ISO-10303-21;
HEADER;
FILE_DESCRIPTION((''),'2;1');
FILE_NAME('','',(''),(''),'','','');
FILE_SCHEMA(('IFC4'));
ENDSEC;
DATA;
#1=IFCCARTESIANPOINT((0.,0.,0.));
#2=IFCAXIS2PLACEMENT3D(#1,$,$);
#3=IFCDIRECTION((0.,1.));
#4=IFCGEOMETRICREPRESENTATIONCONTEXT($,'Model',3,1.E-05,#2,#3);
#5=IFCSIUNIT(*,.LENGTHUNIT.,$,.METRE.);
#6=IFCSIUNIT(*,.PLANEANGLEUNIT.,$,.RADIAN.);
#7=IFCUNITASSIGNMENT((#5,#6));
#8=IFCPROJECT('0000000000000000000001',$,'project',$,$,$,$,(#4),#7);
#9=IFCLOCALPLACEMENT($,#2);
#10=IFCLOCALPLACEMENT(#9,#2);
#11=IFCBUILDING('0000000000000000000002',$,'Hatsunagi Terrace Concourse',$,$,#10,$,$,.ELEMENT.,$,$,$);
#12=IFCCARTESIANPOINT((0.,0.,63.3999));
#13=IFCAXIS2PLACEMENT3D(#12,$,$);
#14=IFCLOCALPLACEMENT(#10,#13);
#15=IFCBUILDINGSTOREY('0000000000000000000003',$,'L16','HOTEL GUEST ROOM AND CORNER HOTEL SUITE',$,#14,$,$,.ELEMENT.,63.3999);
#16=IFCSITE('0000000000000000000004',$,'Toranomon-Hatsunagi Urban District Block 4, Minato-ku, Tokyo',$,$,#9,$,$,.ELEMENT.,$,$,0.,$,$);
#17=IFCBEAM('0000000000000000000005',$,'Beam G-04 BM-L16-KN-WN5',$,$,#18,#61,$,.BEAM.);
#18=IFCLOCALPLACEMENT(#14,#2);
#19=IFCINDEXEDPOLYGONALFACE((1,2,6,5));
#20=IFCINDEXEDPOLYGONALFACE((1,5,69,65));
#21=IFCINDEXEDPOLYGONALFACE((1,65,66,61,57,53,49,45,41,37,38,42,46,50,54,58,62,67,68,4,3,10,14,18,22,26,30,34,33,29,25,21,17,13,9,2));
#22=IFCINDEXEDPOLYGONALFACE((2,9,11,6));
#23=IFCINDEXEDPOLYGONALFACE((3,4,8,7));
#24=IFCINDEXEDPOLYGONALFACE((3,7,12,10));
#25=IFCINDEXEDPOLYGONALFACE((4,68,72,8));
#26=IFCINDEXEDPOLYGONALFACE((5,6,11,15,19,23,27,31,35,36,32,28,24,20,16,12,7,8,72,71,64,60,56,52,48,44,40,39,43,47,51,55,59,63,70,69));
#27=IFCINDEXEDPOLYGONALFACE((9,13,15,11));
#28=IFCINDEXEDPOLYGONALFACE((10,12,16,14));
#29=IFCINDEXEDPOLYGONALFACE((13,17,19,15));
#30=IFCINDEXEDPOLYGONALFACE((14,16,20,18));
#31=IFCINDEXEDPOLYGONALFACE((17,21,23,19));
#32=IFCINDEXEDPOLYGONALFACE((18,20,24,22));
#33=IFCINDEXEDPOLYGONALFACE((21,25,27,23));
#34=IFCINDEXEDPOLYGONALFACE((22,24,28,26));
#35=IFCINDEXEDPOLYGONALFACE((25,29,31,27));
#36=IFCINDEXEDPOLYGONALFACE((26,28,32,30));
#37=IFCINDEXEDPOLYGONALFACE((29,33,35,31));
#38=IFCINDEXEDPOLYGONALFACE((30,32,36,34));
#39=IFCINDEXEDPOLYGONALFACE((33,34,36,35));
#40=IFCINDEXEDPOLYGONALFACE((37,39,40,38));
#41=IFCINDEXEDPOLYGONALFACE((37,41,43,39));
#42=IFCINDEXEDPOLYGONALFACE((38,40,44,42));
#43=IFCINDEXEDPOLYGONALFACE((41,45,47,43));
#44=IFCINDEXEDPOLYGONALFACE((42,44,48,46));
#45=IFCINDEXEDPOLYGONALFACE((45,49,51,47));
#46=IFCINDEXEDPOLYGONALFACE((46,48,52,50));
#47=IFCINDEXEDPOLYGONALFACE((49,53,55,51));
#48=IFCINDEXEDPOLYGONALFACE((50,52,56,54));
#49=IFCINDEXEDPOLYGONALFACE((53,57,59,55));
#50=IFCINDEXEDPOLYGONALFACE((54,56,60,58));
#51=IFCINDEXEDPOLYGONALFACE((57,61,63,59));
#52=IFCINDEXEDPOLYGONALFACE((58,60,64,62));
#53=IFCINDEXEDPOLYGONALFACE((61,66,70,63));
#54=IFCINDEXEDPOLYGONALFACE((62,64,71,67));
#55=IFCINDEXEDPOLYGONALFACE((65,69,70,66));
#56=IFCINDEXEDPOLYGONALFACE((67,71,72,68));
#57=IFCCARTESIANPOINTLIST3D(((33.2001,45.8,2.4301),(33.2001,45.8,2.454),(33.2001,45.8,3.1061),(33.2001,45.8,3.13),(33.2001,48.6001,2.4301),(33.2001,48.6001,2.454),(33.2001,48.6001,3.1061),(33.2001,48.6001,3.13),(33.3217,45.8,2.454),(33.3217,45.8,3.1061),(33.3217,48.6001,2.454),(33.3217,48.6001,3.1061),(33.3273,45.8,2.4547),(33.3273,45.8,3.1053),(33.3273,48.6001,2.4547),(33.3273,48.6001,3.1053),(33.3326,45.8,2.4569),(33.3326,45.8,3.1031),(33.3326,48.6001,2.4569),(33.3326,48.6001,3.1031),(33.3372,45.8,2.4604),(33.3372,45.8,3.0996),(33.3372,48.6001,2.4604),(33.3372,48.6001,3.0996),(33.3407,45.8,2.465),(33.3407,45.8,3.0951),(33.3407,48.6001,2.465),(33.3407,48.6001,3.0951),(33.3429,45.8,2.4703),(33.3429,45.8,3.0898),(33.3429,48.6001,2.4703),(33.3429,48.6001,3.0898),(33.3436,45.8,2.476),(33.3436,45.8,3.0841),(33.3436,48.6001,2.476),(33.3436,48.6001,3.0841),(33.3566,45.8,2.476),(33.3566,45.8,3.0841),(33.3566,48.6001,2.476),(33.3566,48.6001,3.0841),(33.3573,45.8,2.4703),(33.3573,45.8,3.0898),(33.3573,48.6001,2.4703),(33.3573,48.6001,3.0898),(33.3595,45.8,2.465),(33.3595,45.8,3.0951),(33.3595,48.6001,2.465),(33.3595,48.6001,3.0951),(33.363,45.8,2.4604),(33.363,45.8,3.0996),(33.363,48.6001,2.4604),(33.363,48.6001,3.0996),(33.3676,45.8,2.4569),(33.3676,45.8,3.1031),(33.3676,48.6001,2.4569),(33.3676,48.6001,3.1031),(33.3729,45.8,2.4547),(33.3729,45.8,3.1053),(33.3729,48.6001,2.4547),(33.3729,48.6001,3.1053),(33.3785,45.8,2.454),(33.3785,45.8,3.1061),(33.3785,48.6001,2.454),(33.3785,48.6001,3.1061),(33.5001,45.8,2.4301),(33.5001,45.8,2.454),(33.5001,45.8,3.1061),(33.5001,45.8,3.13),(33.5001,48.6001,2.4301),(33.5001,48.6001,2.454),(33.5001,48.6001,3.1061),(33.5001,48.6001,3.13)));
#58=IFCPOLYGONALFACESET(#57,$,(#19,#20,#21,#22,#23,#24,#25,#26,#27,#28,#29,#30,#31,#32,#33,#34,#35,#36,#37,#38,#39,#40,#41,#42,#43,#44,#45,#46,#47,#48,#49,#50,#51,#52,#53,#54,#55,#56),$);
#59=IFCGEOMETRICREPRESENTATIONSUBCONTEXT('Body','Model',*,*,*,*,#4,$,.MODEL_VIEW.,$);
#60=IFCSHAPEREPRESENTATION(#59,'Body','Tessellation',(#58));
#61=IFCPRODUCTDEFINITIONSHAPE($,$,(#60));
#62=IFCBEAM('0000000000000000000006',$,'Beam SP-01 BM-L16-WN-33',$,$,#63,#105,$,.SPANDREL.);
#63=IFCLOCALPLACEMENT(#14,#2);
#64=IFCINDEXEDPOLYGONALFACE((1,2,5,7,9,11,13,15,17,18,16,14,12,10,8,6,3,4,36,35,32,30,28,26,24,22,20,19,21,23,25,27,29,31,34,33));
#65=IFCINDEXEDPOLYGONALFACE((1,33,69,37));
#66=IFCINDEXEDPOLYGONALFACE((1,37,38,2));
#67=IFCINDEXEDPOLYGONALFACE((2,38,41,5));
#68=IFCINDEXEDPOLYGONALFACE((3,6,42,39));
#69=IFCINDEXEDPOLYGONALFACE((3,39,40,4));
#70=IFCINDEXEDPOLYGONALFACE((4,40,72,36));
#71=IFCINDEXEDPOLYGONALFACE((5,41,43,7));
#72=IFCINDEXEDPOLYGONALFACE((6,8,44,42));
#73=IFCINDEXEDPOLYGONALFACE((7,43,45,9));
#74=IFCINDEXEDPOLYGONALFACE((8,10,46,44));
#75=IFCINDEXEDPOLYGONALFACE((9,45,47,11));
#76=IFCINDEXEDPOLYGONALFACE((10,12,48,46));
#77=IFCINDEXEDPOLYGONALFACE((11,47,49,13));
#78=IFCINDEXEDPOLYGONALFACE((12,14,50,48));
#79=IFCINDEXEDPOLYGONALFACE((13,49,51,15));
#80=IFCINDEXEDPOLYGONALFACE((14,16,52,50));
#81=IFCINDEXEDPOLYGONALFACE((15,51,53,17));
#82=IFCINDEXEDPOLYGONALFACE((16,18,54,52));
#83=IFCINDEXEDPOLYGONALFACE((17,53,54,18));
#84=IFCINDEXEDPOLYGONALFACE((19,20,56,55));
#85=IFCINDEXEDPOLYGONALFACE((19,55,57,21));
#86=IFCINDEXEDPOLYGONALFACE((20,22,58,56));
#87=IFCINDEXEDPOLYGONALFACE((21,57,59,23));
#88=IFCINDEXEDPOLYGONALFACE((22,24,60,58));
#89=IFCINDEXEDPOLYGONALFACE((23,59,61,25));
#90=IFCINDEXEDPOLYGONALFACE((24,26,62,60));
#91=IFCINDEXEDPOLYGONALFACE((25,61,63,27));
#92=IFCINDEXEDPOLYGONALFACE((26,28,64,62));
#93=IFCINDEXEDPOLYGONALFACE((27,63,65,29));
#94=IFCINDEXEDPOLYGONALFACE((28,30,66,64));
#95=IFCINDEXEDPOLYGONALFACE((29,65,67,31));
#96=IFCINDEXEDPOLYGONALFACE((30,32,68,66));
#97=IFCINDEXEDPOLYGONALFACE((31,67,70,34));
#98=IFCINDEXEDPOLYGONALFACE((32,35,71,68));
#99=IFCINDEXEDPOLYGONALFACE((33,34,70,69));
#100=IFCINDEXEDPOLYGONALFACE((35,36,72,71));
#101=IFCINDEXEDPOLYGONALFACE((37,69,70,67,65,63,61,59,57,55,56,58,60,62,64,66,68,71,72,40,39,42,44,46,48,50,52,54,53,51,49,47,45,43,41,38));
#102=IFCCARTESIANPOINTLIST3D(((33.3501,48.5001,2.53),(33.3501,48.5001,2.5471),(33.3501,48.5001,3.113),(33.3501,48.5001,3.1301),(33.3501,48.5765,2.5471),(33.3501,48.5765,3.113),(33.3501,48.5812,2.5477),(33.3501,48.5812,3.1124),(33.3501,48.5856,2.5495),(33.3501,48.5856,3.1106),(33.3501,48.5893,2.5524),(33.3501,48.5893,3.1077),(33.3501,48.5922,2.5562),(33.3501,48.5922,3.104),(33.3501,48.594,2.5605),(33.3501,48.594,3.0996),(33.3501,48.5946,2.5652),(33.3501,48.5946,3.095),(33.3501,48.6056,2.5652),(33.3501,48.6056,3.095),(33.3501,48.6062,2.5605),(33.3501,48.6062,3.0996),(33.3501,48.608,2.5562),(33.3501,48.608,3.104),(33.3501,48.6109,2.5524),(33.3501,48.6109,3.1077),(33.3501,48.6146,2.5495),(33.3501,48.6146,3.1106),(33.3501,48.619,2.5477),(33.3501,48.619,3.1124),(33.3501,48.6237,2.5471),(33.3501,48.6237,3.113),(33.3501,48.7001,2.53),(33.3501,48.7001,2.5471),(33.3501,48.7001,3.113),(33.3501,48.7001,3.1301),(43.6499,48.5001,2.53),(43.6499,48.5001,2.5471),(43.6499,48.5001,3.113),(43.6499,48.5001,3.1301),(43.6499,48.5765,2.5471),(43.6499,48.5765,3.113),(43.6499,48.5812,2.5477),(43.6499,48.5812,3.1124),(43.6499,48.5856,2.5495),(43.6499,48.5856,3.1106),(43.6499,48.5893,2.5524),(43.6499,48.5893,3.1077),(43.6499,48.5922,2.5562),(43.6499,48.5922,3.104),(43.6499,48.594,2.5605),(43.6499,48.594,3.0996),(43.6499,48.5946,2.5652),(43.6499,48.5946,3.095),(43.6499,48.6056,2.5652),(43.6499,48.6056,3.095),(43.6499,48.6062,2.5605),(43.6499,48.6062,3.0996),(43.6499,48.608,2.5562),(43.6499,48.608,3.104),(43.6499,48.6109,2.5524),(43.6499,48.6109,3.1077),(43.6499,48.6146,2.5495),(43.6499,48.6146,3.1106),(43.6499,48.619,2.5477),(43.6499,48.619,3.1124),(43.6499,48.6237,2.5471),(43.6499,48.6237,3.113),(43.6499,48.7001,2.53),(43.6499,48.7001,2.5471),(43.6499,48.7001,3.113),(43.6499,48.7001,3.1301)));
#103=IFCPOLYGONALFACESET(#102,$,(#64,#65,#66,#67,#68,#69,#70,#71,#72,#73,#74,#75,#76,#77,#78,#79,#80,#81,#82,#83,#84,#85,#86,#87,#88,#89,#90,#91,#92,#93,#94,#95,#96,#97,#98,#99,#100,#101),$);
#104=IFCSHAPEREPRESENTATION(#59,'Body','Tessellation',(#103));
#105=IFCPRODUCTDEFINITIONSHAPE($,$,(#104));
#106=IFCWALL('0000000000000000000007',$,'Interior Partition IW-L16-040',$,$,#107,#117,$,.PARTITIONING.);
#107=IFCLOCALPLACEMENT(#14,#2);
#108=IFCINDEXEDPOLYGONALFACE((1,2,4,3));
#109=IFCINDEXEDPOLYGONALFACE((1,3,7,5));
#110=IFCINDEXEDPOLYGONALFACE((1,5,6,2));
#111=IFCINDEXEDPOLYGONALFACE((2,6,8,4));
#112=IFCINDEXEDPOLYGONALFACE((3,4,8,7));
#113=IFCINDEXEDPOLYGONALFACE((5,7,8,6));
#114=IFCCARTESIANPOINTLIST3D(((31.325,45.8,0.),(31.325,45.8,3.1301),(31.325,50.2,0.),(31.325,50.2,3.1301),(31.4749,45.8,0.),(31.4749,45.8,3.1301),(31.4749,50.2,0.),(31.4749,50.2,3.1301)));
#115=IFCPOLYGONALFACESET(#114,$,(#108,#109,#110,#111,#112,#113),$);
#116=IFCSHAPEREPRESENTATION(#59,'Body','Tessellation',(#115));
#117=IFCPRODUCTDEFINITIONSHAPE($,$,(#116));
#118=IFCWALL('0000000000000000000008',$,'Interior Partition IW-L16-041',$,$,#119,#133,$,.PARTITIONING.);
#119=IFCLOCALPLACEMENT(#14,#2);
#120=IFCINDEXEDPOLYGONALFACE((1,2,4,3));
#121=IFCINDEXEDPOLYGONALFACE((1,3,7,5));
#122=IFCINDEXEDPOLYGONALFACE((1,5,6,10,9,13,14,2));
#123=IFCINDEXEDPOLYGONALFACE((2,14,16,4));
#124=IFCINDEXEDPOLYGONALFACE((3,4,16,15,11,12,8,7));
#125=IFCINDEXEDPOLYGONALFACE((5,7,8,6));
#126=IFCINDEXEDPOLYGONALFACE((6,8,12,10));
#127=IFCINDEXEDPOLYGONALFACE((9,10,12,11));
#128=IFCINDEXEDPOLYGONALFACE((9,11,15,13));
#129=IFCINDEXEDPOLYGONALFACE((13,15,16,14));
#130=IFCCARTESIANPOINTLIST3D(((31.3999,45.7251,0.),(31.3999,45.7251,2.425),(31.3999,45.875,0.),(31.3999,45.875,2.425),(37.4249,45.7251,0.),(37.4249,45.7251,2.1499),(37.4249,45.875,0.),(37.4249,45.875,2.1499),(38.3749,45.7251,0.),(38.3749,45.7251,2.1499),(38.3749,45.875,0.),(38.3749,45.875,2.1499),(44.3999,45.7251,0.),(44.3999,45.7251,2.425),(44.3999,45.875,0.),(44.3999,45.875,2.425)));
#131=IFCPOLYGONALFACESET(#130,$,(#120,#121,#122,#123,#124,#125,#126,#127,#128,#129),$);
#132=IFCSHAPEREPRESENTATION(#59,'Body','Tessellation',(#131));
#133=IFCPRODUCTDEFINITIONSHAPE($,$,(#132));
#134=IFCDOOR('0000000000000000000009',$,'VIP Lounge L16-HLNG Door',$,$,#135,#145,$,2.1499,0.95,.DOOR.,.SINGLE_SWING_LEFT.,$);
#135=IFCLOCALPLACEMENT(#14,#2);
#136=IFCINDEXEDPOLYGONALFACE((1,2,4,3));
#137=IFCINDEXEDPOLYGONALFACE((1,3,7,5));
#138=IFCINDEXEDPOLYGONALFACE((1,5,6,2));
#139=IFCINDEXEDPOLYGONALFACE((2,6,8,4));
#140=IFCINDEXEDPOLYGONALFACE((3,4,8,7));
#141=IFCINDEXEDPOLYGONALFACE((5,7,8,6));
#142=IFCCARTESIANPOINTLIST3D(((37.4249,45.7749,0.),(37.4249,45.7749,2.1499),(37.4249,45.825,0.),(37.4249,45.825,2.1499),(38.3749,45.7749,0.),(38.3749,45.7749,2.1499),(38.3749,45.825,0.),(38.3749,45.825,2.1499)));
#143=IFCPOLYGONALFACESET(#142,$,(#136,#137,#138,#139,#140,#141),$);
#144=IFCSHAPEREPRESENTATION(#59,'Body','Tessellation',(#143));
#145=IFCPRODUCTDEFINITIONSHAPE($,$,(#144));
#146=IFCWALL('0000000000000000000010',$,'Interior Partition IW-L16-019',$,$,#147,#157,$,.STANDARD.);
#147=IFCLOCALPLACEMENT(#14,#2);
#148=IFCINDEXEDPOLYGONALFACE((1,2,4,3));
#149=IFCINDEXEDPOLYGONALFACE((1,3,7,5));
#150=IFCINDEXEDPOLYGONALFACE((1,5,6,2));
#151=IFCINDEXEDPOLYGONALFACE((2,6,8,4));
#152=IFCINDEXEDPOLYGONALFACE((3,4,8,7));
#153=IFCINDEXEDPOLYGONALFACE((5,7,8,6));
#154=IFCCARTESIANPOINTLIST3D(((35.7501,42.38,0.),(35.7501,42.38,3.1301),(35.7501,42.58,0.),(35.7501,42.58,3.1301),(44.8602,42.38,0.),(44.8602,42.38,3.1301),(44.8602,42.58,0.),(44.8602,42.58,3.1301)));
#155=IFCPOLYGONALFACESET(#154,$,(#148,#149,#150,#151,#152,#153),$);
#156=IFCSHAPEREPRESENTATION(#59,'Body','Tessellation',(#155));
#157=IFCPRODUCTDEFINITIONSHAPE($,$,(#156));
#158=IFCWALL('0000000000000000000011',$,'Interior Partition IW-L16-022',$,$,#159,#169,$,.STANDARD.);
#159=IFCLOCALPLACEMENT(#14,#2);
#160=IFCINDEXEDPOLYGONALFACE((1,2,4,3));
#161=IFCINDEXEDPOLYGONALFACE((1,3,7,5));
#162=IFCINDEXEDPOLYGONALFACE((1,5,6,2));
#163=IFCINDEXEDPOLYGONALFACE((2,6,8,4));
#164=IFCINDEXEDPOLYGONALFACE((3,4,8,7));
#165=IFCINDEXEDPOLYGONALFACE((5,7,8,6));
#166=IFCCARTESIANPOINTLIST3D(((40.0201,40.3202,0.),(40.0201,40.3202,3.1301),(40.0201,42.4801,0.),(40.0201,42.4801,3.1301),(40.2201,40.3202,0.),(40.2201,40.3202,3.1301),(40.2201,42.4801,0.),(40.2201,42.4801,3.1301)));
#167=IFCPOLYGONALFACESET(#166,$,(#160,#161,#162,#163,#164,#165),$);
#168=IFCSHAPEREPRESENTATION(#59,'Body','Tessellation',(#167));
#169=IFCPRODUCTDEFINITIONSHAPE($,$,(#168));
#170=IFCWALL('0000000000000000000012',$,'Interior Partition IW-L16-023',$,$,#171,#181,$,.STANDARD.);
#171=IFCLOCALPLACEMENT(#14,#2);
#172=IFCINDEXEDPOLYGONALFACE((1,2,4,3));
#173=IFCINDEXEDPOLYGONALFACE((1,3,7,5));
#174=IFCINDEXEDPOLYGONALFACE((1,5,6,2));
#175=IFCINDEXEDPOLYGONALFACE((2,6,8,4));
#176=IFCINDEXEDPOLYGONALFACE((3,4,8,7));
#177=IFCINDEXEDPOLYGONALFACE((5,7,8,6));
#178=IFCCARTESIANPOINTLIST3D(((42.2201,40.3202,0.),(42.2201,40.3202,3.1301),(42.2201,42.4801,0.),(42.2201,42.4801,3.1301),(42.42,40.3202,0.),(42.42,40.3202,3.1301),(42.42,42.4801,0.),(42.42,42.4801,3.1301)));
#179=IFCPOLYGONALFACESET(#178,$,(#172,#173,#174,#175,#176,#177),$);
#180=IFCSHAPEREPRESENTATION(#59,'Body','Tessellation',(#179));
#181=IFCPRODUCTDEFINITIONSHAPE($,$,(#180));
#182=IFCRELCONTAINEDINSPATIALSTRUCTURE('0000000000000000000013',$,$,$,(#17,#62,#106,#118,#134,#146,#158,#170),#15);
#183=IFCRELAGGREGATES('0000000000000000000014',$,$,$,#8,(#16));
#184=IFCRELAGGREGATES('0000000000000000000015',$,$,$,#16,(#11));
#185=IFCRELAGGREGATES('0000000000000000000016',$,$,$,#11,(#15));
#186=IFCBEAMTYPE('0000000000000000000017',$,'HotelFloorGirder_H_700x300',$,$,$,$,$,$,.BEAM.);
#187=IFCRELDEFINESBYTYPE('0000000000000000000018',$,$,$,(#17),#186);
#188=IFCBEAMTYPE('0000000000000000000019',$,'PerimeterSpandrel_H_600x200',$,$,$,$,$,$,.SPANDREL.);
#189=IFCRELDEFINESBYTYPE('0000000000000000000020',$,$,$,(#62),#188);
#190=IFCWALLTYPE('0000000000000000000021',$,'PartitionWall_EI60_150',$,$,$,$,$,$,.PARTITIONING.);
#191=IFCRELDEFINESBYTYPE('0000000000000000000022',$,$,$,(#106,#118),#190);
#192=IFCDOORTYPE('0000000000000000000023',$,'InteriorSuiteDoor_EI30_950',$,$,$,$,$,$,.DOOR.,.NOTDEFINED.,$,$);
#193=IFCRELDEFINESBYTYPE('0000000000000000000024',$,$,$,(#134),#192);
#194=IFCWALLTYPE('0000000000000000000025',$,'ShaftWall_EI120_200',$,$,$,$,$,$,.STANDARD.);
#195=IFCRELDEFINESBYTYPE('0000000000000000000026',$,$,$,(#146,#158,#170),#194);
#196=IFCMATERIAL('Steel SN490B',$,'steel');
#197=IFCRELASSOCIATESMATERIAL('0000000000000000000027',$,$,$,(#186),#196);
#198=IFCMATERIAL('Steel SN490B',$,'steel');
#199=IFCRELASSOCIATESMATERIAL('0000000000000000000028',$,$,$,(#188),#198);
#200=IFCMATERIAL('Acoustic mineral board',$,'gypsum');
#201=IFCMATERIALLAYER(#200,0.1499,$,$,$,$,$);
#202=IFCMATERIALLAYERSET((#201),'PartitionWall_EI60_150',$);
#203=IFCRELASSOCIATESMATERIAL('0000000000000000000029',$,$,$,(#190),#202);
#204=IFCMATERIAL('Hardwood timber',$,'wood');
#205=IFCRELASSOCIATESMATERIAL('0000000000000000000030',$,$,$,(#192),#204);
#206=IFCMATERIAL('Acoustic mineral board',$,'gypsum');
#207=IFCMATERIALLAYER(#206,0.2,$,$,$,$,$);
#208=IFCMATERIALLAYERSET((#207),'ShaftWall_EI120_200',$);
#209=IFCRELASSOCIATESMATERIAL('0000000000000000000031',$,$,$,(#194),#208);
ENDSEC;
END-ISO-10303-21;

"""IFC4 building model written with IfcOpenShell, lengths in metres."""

from ifc_helpers import new_model, si_unit, direction, frame, frame_2d, origin, origin_2d, place, context, subcontext, project, spatial, rectangle, i_section, extrude, material, layer, layer_set, material_profile, profile_set, type_object, element, fill, save


model = new_model("IFC4")

# Units and contexts
model_context = context("Model", 3, precision=1e-05, world=origin(), true_north=direction((0.0, 1.0)))
body_context = subcontext(model_context, "Body", "Model", "MODEL_VIEW")
ifc_project = project(units=[si_unit("LENGTHUNIT", "METRE"), si_unit("PLANEANGLEUNIT", "RADIAN")], contexts=[model_context])

# Site, building, storey
site_placement = place(None, origin())
site = spatial("IfcSite", under=ifc_project, at=site_placement, Name="Toranomon-Hatsunagi Urban District Block 4, Minato-ku, Tokyo", CompositionType="ELEMENT", RefElevation=0.0)
building_placement = place(site_placement, origin())
building = spatial("IfcBuilding", under=site, at=building_placement, Name="Hatsunagi Terrace Concourse", CompositionType="ELEMENT")
storey_placement = place(building_placement, frame((0.0, 0.0, 63.3999)))
storey = spatial("IfcBuildingStorey", under=building, at=storey_placement, Name="L16", Description="HOTEL GUEST ROOM AND CORNER HOTEL SUITE", CompositionType="ELEMENT", Elevation=63.3999)

# Beams
ifc_material_1 = material(Name="Steel SN490B", Category="steel")
ifc_material_profile_1 = material_profile(ifc_material_1, i_section(OverallWidth=0.3, OverallDepth=0.7, WebThickness=0.0129, FlangeThickness=0.0239, FilletRadius=0.022, at=origin_2d()), Name="H-700x300x13x24")
ifc_profile_set_1 = profile_set([ifc_material_profile_1], Name="Steel SN490B")
beam_type_1 = type_object("IfcBeamType", Name="HotelFloorGirder_H_700x300", PredefinedType="BEAM", material=ifc_profile_set_1)
beam_1_placement = place(storey_placement, frame((33.3501, 45.8, 2.78), z_axis=(0.0, 1.0, 0.0), x_axis=(-1.0, 0.0, 0.0)))
element("IfcBeam", 1, at=beam_1_placement, inside=storey, type_object=beam_type_1, Name="Beam G-04 BM-L16-KN-WN5", PredefinedType="BEAM", context=body_context, shape_type="SweptSolid", body=[
    extrude(i_section(OverallWidth=0.3, OverallDepth=0.7, WebThickness=0.0129, FlangeThickness=0.0239, FilletRadius=0.022, at=origin_2d()), origin(), (0.0, 0.0, 1.0), 2.8),
])
ifc_material_2 = material(Name="Steel SN490B", Category="steel")
ifc_material_profile_2 = material_profile(ifc_material_2, i_section(OverallWidth=0.2, OverallDepth=0.6001, WebThickness=0.011, FlangeThickness=0.0171, FilletRadius=0.0181, at=origin_2d()), Name="H-600x200x11x17")
ifc_profile_set_2 = profile_set([ifc_material_profile_2], Name="Steel SN490B")
beam_type_2 = type_object("IfcBeamType", Name="PerimeterSpandrel_H_600x200", PredefinedType="SPANDREL", material=ifc_profile_set_2)
beam_2_placement = place(storey_placement, frame((33.3501, 48.6001, 2.8301), z_axis=(1.0, 0.0, 0.0), x_axis=(0.0, 1.0, 0.0)))
element("IfcBeam", 2, at=beam_2_placement, inside=storey, type_object=beam_type_2, Name="Beam SP-01 BM-L16-WN-33", PredefinedType="SPANDREL", context=body_context, shape_type="SweptSolid", body=[
    extrude(i_section(OverallWidth=0.2, OverallDepth=0.6001, WebThickness=0.011, FlangeThickness=0.0171, FilletRadius=0.0181, at=origin_2d()), origin(), (0.0, 0.0, 1.0), 10.2998),
])

# Wall
ifc_material_3 = material(Name="Acoustic mineral board", Category="gypsum")
ifc_layer_1 = layer(ifc_material_3, 0.1499)
ifc_layer_set_1 = layer_set([ifc_layer_1], Name="PartitionWall_EI60_150")
wall_type_1 = type_object("IfcWallType", Name="PartitionWall_EI60_150", PredefinedType="PARTITIONING", material=ifc_layer_set_1)
wall_1_placement = place(storey_placement, frame((31.3999, 45.8, 0.0), z_axis=(0.0, 0.0, 1.0), x_axis=(0.0, 1.0, 0.0)))
element("IfcWall", 3, at=wall_1_placement, inside=storey, type_object=wall_type_1, Name="Interior Partition IW-L16-040", PredefinedType="PARTITIONING", context=body_context, shape_type="SweptSolid", body=[
    extrude(rectangle(XDim=4.3999, YDim=0.1499, at=frame_2d((2.2, 0.0))), origin(), (0.0, 0.0, 1.0), 3.1301),
])

# Wall, opening, door
wall_2_placement = place(storey_placement, frame((31.3999, 45.8, 0.0), z_axis=(0.0, 0.0, 1.0), x_axis=(1.0, 0.0, 0.0)))
wall_2 = element("IfcWall", 4, at=wall_2_placement, inside=storey, type_object=wall_type_1, Name="Interior Partition IW-L16-041", PredefinedType="PARTITIONING", context=body_context, shape_type="SweptSolid", body=[
    extrude(rectangle(XDim=13.0, YDim=0.1499, at=frame_2d((6.5, 0.0))), origin(), (0.0, 0.0, 1.0), 2.425),
])
opening_placement = place(wall_2_placement, frame((6.0249, 0.0, 0.0)))
opening = element("IfcOpeningElement", 5, at=opening_placement, cuts=wall_2, PredefinedType="OPENING", context=body_context, shape_type="SweptSolid", body=[
    extrude(rectangle(XDim=0.95, YDim=2.1499, at=frame_2d((0.4751, 1.075))), frame((0.0, 0.085, 0.0), z_axis=(0.0, -1.0, 0.0), x_axis=(1.0, 0.0, 0.0)), (0.0, 0.0, 1.0), 0.1699),
])
ifc_material_4 = material(Name="Hardwood timber", Category="wood")
door_type = type_object("IfcDoorType", Name="InteriorSuiteDoor_EI30_950", OperationType="NOTDEFINED", PredefinedType="DOOR", material=ifc_material_4)
door_placement = place(opening_placement, origin())
door = element("IfcDoor", 6, at=door_placement, inside=storey, type_object=door_type, Name="VIP Lounge L16-HLNG Door", OperationType="SINGLE_SWING_LEFT", OverallHeight=2.1499, OverallWidth=0.95, PredefinedType="DOOR", context=body_context, shape_type="SweptSolid", body=[
    extrude(rectangle(XDim=0.95, YDim=2.1499, at=frame_2d((0.4751, 1.075))), frame((0.0, 0.0249, 0.0), z_axis=(0.0, -1.0, 0.0), x_axis=(1.0, 0.0, 0.0)), (0.0, 0.0, 1.0), 0.05),
])
fill(opening, door)

# Walls
ifc_material_5 = material(Name="Acoustic mineral board", Category="gypsum")
ifc_layer_2 = layer(ifc_material_5, 0.2)
ifc_layer_set_2 = layer_set([ifc_layer_2], Name="ShaftWall_EI120_200")
wall_type_2 = type_object("IfcWallType", Name="ShaftWall_EI120_200", PredefinedType="STANDARD", material=ifc_layer_set_2)
wall_3_placement = place(storey_placement, frame((35.75, 42.48, 0.0), z_axis=(0.0, 0.0, 1.0), x_axis=(1.0, 0.0, 0.0)))
element("IfcWall", 7, at=wall_3_placement, inside=storey, type_object=wall_type_2, Name="Interior Partition IW-L16-019", PredefinedType="STANDARD", context=body_context, shape_type="SweptSolid", body=[
    extrude(rectangle(XDim=9.1101, YDim=0.2, at=frame_2d((4.5552, 0.0))), origin(), (0.0, 0.0, 1.0), 3.1301),
])
for number, where, z_axis, x_axis, name in (
    (8, (40.1201, 40.3201, 0.0), (0.0, 0.0, 1.0), (0.0, 1.0, 0.0), "Interior Partition IW-L16-022"),
    (9, (42.3201, 40.3201, 0.0), (0.0, 0.0, 1.0), (0.0, 1.0, 0.0), "Interior Partition IW-L16-023"),
):
    element("IfcWall", number, at=place(storey_placement, frame(where, z_axis=z_axis, x_axis=x_axis)), inside=storey, type_object=wall_type_2, Name=name, PredefinedType="STANDARD", context=body_context, shape_type="SweptSolid", body=[
        extrude(rectangle(XDim=2.1599, YDim=0.2, at=frame_2d((1.0801, 0.0))), origin(), (0.0, 0.0, 1.0), 3.1301),
    ])

save(model, "model.ifc")
